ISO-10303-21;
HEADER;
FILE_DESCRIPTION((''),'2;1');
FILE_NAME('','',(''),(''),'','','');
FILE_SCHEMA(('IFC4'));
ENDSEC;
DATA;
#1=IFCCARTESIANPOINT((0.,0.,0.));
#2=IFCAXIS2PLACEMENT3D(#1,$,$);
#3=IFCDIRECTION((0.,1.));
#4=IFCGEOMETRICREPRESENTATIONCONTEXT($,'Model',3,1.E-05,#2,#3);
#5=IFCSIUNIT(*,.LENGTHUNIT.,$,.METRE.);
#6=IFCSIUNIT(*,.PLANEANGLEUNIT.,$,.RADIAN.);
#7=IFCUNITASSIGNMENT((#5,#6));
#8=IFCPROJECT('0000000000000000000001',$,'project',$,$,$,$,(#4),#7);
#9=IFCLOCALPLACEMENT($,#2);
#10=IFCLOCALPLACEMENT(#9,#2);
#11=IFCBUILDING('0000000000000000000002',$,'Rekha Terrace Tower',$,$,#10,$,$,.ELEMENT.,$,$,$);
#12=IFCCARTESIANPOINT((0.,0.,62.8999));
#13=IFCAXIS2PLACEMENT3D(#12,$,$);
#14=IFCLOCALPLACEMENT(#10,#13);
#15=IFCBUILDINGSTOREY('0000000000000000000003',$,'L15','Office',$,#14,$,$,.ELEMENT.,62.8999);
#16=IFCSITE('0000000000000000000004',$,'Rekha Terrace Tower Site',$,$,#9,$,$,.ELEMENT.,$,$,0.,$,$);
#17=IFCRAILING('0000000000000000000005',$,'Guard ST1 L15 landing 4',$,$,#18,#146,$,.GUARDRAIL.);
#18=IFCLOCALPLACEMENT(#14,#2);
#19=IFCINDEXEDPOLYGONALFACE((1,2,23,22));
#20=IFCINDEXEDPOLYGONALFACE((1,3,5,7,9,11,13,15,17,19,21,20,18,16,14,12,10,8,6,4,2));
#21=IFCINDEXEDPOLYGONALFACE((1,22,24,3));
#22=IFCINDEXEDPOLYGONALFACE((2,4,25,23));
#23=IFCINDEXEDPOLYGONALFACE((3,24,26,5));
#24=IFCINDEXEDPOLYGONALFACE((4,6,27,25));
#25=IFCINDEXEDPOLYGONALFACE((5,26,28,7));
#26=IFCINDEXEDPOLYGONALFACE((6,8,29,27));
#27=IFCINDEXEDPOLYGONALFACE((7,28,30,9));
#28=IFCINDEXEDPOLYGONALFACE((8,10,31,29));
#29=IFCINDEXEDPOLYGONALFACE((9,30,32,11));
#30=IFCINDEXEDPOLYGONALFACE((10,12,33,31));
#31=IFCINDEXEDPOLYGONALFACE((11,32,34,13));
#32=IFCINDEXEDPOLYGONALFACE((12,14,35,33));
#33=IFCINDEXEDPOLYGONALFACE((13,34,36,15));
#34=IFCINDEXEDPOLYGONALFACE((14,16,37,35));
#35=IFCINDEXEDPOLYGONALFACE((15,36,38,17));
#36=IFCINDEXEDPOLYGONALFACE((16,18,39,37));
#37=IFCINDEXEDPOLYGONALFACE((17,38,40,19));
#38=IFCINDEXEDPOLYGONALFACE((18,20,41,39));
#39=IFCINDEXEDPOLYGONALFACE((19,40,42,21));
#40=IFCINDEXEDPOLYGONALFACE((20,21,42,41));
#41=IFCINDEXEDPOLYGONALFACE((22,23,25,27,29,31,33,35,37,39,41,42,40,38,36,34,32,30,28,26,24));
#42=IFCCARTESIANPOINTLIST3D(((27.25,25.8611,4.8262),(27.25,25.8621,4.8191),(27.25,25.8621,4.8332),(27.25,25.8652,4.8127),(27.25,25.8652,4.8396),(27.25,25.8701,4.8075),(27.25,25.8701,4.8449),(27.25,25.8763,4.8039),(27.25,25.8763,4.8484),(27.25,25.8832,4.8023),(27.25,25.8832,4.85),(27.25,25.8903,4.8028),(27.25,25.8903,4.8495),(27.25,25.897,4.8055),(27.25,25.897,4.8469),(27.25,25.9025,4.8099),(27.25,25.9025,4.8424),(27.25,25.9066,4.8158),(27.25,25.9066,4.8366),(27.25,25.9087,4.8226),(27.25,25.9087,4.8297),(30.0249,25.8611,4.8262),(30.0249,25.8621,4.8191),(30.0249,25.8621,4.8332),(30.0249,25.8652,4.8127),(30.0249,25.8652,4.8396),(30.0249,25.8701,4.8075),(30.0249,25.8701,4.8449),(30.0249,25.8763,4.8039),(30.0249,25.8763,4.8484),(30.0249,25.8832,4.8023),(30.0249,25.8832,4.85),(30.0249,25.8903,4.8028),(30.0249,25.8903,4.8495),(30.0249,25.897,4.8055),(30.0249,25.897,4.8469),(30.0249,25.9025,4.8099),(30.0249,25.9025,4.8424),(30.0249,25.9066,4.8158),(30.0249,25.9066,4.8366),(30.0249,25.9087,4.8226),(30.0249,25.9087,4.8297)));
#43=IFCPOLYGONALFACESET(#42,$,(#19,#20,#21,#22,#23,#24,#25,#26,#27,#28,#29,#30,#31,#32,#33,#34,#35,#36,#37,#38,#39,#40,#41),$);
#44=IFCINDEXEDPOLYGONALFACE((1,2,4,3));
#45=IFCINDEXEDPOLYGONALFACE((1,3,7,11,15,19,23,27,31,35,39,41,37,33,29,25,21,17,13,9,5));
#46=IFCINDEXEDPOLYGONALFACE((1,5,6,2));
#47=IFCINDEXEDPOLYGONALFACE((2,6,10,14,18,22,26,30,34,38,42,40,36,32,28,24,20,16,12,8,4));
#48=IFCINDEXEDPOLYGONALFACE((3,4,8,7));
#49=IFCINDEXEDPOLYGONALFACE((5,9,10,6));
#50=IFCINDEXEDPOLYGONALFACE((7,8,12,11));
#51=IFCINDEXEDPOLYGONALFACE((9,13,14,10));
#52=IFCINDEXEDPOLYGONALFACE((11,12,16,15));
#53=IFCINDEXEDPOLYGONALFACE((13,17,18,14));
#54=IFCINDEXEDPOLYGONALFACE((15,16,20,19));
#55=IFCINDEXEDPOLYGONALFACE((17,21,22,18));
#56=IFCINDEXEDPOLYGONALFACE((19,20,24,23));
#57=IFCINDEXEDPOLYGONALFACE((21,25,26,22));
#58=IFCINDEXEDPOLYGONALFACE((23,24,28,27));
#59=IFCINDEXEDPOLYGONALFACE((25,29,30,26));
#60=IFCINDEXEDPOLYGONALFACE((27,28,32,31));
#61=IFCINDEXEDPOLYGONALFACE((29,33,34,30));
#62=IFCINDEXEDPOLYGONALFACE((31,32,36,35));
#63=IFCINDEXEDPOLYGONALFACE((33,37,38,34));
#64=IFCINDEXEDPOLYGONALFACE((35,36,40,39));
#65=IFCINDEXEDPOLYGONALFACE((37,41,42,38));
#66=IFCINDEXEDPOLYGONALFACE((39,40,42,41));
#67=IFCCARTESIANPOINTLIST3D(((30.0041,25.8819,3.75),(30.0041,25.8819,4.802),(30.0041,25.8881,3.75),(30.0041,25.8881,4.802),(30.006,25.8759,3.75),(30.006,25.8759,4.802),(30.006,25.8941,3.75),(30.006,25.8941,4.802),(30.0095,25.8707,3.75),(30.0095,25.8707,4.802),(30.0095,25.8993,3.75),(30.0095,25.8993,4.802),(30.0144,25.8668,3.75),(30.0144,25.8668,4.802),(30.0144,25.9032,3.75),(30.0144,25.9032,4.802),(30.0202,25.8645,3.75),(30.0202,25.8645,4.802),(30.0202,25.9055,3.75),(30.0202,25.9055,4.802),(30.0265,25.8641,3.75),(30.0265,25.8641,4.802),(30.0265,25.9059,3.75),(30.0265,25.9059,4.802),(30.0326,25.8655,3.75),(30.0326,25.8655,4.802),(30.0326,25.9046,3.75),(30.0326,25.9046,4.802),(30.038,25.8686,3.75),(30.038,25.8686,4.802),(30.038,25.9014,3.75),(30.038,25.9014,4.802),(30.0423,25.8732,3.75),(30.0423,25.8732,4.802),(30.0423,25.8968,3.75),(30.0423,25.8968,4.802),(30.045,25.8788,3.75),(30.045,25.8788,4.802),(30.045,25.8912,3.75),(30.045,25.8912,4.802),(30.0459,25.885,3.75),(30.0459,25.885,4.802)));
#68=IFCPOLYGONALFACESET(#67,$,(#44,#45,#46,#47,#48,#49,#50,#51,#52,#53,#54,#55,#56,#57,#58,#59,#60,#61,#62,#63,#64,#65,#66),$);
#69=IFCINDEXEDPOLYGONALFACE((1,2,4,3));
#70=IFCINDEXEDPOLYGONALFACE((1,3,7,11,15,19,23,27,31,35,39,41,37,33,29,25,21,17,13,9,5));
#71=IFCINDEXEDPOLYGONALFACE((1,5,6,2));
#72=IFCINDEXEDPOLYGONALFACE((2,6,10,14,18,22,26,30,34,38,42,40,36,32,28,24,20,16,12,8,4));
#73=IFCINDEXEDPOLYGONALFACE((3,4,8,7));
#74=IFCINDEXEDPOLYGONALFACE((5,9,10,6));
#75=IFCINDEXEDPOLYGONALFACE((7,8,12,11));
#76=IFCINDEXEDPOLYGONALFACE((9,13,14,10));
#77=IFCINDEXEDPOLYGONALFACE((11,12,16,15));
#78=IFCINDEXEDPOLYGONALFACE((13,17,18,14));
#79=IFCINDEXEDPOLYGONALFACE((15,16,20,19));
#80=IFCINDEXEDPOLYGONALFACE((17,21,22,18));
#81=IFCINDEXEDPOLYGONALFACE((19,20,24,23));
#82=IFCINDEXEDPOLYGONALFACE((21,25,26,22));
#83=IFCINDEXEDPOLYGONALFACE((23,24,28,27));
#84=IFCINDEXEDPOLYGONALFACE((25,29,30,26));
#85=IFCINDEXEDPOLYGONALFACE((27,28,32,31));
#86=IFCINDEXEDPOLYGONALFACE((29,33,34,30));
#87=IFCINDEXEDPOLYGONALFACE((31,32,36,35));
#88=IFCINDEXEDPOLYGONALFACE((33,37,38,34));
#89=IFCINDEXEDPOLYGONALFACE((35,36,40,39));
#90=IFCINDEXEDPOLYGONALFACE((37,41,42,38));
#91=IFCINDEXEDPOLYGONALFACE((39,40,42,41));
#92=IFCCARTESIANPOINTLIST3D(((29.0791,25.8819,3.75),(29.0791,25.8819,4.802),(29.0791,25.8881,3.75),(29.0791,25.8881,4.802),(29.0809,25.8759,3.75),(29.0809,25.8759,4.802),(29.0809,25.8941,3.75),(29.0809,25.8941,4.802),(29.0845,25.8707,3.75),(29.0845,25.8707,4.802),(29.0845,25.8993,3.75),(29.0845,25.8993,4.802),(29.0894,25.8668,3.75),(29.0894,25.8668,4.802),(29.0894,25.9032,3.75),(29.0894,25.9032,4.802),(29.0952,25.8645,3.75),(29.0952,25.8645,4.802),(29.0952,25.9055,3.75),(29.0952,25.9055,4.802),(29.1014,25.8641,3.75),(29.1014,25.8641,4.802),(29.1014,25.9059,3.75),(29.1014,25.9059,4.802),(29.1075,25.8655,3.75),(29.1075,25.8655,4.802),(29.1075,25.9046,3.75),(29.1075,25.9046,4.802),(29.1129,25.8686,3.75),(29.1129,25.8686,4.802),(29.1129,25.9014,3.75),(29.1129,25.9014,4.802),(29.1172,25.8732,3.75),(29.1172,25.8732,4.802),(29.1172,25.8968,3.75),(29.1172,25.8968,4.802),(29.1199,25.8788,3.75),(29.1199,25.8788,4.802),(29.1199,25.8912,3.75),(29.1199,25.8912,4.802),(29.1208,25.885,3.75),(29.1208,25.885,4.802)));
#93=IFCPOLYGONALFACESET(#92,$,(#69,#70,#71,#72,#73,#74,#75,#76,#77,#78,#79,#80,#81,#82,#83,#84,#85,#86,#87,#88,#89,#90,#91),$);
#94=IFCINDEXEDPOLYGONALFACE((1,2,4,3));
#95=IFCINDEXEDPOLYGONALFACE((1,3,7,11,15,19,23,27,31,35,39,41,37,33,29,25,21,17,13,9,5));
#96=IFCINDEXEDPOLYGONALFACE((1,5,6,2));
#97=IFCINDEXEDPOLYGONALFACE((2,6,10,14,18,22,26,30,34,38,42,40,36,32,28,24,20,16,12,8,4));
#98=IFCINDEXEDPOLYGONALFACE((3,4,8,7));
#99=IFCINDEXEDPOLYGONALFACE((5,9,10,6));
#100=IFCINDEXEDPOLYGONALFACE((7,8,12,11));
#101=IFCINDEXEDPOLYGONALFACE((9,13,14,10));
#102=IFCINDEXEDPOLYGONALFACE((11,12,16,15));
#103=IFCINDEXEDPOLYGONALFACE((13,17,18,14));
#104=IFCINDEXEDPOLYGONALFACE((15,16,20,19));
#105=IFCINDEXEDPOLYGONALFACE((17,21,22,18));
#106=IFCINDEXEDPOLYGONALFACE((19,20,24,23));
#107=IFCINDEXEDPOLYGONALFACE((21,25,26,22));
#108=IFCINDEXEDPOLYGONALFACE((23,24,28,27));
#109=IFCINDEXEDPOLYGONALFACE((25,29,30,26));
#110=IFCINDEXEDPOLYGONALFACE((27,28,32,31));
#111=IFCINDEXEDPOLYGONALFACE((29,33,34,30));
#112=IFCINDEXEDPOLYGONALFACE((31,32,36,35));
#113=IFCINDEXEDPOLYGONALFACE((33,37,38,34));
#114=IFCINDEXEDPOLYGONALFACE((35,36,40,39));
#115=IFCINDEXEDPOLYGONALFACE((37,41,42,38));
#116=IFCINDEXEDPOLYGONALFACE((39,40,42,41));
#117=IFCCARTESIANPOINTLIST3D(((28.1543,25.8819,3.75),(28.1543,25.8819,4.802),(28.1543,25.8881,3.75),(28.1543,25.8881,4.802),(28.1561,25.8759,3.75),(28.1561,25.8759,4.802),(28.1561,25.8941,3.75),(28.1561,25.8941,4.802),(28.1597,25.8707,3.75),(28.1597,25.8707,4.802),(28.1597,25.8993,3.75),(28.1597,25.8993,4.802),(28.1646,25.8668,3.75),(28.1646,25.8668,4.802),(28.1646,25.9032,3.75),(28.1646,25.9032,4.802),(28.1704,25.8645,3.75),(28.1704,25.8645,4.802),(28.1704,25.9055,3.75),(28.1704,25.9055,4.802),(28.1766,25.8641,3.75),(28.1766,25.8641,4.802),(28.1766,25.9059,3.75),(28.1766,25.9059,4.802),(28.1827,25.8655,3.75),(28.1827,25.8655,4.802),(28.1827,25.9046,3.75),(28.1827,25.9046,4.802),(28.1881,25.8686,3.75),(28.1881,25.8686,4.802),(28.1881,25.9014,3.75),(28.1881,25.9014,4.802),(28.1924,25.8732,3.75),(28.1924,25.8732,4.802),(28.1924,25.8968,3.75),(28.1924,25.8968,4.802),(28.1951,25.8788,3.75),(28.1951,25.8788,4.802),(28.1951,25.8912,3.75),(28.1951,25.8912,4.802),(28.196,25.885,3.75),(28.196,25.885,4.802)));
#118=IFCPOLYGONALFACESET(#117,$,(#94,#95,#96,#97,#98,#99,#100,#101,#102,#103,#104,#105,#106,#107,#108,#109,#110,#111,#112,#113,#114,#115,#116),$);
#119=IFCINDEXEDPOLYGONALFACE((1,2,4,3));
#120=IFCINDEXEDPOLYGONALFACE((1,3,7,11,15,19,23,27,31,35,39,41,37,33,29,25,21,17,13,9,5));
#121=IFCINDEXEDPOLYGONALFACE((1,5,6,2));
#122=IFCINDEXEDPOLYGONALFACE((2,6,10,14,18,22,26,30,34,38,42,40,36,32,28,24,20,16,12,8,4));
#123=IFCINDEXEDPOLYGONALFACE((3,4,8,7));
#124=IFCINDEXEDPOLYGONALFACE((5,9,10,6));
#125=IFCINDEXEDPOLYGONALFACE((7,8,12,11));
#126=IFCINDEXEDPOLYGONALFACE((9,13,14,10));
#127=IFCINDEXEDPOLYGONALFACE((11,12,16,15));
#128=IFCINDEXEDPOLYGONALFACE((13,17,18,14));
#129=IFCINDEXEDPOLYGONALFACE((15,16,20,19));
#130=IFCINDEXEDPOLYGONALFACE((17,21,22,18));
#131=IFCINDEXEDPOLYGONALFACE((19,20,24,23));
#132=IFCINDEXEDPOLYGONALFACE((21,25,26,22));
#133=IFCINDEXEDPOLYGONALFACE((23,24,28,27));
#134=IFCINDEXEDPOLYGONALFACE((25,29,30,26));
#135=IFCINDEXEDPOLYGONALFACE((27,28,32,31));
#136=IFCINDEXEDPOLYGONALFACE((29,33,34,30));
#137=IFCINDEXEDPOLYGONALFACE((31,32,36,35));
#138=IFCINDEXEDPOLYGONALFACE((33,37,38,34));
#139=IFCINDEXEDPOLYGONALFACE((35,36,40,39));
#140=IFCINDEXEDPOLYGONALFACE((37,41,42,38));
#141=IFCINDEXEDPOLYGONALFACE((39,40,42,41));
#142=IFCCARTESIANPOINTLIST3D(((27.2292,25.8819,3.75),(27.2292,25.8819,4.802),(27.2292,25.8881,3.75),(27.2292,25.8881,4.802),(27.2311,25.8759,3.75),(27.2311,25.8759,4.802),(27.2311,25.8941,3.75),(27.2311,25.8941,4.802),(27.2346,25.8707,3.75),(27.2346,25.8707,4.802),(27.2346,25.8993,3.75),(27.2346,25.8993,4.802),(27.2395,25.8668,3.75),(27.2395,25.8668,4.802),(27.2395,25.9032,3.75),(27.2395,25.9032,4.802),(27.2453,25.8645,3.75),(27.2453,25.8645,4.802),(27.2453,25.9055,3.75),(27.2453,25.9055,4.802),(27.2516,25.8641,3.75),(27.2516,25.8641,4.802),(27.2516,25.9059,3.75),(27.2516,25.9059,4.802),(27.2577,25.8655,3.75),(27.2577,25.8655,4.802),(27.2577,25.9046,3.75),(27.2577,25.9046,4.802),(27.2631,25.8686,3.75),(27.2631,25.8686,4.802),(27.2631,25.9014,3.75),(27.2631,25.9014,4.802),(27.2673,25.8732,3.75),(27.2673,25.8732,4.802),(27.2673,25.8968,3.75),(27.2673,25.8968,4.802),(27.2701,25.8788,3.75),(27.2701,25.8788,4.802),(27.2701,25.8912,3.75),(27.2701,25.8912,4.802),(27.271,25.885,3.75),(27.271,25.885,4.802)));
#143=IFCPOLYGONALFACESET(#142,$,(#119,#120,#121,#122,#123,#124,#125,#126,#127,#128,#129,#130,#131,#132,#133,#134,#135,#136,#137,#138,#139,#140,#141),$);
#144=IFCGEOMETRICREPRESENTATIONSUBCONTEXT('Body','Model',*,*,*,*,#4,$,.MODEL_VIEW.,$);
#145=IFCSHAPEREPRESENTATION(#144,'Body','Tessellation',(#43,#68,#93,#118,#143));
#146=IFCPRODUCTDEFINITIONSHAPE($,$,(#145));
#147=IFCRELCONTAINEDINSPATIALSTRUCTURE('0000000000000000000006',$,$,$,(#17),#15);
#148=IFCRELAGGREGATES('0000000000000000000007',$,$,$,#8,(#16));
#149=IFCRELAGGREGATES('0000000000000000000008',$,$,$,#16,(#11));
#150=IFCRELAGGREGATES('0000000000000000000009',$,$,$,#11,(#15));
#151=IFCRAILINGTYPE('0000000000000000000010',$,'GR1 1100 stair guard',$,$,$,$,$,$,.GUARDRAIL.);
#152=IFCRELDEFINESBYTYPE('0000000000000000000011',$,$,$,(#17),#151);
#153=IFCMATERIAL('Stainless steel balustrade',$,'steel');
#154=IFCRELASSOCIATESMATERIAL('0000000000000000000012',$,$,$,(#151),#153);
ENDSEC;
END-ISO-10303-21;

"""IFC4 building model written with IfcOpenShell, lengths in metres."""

from ifc_helpers import new_model, si_unit, direction, frame, origin, origin_2d, place, context, subcontext, project, spatial, circle, extrude, material, type_object, element, save


model = new_model("IFC4")

# Units and contexts
model_context = context("Model", 3, precision=1e-05, world=origin(), true_north=direction((0.0, 1.0)))
body_context = subcontext(model_context, "Body", "Model", "MODEL_VIEW")
ifc_project = project(units=[si_unit("LENGTHUNIT", "METRE"), si_unit("PLANEANGLEUNIT", "RADIAN")], contexts=[model_context])

# Site, building, storey
site_placement = place(None, origin())
site = spatial("IfcSite", under=ifc_project, at=site_placement, Name="Rekha Terrace Tower Site", CompositionType="ELEMENT", RefElevation=0.0)
building_placement = place(site_placement, origin())
building = spatial("IfcBuilding", under=site, at=building_placement, Name="Rekha Terrace Tower", CompositionType="ELEMENT")
storey_placement = place(building_placement, frame((0.0, 0.0, 62.8999)))
storey = spatial("IfcBuildingStorey", under=building, at=storey_placement, Name="L15", Description="Office", CompositionType="ELEMENT", Elevation=62.8999)

# Railing
ifc_material_1 = material(Name="Stainless steel balustrade", Category="steel")
railing_type_1 = type_object("IfcRailingType", Name="GR1 1100 stair guard", PredefinedType="GUARDRAIL", material=ifc_material_1)
railing_1_placement = place(storey_placement, frame((30.0249, 25.885, 3.75)))
element("IfcRailing", 1, at=railing_1_placement, inside=storey, type_object=railing_type_1, Name="Guard ST1 L15 landing 4", PredefinedType="GUARDRAIL", context=body_context, shape_type="SweptSolid", body=[
    extrude(circle(Radius=0.0239, at=origin_2d()), frame((0.0, 0.0, 1.0762), z_axis=(-1.0, 0.0, 0.0), x_axis=(0.0, -1.0, 0.0)), (0.0, 0.0, 1.0), 2.7749),
    extrude(circle(Radius=0.021, at=origin_2d()), origin(), (0.0, 0.0, 1.0), 1.052),
    extrude(circle(Radius=0.021, at=origin_2d()), frame((-0.925, 0.0, 0.0)), (0.0, 0.0, 1.0), 1.052),
    extrude(circle(Radius=0.021, at=origin_2d()), frame((-1.8499, 0.0, 0.0)), (0.0, 0.0, 1.0), 1.052),
    extrude(circle(Radius=0.021, at=origin_2d()), frame((-2.7749, 0.0, 0.0)), (0.0, 0.0, 1.0), 1.052),
])

save(model, "model.ifc")
